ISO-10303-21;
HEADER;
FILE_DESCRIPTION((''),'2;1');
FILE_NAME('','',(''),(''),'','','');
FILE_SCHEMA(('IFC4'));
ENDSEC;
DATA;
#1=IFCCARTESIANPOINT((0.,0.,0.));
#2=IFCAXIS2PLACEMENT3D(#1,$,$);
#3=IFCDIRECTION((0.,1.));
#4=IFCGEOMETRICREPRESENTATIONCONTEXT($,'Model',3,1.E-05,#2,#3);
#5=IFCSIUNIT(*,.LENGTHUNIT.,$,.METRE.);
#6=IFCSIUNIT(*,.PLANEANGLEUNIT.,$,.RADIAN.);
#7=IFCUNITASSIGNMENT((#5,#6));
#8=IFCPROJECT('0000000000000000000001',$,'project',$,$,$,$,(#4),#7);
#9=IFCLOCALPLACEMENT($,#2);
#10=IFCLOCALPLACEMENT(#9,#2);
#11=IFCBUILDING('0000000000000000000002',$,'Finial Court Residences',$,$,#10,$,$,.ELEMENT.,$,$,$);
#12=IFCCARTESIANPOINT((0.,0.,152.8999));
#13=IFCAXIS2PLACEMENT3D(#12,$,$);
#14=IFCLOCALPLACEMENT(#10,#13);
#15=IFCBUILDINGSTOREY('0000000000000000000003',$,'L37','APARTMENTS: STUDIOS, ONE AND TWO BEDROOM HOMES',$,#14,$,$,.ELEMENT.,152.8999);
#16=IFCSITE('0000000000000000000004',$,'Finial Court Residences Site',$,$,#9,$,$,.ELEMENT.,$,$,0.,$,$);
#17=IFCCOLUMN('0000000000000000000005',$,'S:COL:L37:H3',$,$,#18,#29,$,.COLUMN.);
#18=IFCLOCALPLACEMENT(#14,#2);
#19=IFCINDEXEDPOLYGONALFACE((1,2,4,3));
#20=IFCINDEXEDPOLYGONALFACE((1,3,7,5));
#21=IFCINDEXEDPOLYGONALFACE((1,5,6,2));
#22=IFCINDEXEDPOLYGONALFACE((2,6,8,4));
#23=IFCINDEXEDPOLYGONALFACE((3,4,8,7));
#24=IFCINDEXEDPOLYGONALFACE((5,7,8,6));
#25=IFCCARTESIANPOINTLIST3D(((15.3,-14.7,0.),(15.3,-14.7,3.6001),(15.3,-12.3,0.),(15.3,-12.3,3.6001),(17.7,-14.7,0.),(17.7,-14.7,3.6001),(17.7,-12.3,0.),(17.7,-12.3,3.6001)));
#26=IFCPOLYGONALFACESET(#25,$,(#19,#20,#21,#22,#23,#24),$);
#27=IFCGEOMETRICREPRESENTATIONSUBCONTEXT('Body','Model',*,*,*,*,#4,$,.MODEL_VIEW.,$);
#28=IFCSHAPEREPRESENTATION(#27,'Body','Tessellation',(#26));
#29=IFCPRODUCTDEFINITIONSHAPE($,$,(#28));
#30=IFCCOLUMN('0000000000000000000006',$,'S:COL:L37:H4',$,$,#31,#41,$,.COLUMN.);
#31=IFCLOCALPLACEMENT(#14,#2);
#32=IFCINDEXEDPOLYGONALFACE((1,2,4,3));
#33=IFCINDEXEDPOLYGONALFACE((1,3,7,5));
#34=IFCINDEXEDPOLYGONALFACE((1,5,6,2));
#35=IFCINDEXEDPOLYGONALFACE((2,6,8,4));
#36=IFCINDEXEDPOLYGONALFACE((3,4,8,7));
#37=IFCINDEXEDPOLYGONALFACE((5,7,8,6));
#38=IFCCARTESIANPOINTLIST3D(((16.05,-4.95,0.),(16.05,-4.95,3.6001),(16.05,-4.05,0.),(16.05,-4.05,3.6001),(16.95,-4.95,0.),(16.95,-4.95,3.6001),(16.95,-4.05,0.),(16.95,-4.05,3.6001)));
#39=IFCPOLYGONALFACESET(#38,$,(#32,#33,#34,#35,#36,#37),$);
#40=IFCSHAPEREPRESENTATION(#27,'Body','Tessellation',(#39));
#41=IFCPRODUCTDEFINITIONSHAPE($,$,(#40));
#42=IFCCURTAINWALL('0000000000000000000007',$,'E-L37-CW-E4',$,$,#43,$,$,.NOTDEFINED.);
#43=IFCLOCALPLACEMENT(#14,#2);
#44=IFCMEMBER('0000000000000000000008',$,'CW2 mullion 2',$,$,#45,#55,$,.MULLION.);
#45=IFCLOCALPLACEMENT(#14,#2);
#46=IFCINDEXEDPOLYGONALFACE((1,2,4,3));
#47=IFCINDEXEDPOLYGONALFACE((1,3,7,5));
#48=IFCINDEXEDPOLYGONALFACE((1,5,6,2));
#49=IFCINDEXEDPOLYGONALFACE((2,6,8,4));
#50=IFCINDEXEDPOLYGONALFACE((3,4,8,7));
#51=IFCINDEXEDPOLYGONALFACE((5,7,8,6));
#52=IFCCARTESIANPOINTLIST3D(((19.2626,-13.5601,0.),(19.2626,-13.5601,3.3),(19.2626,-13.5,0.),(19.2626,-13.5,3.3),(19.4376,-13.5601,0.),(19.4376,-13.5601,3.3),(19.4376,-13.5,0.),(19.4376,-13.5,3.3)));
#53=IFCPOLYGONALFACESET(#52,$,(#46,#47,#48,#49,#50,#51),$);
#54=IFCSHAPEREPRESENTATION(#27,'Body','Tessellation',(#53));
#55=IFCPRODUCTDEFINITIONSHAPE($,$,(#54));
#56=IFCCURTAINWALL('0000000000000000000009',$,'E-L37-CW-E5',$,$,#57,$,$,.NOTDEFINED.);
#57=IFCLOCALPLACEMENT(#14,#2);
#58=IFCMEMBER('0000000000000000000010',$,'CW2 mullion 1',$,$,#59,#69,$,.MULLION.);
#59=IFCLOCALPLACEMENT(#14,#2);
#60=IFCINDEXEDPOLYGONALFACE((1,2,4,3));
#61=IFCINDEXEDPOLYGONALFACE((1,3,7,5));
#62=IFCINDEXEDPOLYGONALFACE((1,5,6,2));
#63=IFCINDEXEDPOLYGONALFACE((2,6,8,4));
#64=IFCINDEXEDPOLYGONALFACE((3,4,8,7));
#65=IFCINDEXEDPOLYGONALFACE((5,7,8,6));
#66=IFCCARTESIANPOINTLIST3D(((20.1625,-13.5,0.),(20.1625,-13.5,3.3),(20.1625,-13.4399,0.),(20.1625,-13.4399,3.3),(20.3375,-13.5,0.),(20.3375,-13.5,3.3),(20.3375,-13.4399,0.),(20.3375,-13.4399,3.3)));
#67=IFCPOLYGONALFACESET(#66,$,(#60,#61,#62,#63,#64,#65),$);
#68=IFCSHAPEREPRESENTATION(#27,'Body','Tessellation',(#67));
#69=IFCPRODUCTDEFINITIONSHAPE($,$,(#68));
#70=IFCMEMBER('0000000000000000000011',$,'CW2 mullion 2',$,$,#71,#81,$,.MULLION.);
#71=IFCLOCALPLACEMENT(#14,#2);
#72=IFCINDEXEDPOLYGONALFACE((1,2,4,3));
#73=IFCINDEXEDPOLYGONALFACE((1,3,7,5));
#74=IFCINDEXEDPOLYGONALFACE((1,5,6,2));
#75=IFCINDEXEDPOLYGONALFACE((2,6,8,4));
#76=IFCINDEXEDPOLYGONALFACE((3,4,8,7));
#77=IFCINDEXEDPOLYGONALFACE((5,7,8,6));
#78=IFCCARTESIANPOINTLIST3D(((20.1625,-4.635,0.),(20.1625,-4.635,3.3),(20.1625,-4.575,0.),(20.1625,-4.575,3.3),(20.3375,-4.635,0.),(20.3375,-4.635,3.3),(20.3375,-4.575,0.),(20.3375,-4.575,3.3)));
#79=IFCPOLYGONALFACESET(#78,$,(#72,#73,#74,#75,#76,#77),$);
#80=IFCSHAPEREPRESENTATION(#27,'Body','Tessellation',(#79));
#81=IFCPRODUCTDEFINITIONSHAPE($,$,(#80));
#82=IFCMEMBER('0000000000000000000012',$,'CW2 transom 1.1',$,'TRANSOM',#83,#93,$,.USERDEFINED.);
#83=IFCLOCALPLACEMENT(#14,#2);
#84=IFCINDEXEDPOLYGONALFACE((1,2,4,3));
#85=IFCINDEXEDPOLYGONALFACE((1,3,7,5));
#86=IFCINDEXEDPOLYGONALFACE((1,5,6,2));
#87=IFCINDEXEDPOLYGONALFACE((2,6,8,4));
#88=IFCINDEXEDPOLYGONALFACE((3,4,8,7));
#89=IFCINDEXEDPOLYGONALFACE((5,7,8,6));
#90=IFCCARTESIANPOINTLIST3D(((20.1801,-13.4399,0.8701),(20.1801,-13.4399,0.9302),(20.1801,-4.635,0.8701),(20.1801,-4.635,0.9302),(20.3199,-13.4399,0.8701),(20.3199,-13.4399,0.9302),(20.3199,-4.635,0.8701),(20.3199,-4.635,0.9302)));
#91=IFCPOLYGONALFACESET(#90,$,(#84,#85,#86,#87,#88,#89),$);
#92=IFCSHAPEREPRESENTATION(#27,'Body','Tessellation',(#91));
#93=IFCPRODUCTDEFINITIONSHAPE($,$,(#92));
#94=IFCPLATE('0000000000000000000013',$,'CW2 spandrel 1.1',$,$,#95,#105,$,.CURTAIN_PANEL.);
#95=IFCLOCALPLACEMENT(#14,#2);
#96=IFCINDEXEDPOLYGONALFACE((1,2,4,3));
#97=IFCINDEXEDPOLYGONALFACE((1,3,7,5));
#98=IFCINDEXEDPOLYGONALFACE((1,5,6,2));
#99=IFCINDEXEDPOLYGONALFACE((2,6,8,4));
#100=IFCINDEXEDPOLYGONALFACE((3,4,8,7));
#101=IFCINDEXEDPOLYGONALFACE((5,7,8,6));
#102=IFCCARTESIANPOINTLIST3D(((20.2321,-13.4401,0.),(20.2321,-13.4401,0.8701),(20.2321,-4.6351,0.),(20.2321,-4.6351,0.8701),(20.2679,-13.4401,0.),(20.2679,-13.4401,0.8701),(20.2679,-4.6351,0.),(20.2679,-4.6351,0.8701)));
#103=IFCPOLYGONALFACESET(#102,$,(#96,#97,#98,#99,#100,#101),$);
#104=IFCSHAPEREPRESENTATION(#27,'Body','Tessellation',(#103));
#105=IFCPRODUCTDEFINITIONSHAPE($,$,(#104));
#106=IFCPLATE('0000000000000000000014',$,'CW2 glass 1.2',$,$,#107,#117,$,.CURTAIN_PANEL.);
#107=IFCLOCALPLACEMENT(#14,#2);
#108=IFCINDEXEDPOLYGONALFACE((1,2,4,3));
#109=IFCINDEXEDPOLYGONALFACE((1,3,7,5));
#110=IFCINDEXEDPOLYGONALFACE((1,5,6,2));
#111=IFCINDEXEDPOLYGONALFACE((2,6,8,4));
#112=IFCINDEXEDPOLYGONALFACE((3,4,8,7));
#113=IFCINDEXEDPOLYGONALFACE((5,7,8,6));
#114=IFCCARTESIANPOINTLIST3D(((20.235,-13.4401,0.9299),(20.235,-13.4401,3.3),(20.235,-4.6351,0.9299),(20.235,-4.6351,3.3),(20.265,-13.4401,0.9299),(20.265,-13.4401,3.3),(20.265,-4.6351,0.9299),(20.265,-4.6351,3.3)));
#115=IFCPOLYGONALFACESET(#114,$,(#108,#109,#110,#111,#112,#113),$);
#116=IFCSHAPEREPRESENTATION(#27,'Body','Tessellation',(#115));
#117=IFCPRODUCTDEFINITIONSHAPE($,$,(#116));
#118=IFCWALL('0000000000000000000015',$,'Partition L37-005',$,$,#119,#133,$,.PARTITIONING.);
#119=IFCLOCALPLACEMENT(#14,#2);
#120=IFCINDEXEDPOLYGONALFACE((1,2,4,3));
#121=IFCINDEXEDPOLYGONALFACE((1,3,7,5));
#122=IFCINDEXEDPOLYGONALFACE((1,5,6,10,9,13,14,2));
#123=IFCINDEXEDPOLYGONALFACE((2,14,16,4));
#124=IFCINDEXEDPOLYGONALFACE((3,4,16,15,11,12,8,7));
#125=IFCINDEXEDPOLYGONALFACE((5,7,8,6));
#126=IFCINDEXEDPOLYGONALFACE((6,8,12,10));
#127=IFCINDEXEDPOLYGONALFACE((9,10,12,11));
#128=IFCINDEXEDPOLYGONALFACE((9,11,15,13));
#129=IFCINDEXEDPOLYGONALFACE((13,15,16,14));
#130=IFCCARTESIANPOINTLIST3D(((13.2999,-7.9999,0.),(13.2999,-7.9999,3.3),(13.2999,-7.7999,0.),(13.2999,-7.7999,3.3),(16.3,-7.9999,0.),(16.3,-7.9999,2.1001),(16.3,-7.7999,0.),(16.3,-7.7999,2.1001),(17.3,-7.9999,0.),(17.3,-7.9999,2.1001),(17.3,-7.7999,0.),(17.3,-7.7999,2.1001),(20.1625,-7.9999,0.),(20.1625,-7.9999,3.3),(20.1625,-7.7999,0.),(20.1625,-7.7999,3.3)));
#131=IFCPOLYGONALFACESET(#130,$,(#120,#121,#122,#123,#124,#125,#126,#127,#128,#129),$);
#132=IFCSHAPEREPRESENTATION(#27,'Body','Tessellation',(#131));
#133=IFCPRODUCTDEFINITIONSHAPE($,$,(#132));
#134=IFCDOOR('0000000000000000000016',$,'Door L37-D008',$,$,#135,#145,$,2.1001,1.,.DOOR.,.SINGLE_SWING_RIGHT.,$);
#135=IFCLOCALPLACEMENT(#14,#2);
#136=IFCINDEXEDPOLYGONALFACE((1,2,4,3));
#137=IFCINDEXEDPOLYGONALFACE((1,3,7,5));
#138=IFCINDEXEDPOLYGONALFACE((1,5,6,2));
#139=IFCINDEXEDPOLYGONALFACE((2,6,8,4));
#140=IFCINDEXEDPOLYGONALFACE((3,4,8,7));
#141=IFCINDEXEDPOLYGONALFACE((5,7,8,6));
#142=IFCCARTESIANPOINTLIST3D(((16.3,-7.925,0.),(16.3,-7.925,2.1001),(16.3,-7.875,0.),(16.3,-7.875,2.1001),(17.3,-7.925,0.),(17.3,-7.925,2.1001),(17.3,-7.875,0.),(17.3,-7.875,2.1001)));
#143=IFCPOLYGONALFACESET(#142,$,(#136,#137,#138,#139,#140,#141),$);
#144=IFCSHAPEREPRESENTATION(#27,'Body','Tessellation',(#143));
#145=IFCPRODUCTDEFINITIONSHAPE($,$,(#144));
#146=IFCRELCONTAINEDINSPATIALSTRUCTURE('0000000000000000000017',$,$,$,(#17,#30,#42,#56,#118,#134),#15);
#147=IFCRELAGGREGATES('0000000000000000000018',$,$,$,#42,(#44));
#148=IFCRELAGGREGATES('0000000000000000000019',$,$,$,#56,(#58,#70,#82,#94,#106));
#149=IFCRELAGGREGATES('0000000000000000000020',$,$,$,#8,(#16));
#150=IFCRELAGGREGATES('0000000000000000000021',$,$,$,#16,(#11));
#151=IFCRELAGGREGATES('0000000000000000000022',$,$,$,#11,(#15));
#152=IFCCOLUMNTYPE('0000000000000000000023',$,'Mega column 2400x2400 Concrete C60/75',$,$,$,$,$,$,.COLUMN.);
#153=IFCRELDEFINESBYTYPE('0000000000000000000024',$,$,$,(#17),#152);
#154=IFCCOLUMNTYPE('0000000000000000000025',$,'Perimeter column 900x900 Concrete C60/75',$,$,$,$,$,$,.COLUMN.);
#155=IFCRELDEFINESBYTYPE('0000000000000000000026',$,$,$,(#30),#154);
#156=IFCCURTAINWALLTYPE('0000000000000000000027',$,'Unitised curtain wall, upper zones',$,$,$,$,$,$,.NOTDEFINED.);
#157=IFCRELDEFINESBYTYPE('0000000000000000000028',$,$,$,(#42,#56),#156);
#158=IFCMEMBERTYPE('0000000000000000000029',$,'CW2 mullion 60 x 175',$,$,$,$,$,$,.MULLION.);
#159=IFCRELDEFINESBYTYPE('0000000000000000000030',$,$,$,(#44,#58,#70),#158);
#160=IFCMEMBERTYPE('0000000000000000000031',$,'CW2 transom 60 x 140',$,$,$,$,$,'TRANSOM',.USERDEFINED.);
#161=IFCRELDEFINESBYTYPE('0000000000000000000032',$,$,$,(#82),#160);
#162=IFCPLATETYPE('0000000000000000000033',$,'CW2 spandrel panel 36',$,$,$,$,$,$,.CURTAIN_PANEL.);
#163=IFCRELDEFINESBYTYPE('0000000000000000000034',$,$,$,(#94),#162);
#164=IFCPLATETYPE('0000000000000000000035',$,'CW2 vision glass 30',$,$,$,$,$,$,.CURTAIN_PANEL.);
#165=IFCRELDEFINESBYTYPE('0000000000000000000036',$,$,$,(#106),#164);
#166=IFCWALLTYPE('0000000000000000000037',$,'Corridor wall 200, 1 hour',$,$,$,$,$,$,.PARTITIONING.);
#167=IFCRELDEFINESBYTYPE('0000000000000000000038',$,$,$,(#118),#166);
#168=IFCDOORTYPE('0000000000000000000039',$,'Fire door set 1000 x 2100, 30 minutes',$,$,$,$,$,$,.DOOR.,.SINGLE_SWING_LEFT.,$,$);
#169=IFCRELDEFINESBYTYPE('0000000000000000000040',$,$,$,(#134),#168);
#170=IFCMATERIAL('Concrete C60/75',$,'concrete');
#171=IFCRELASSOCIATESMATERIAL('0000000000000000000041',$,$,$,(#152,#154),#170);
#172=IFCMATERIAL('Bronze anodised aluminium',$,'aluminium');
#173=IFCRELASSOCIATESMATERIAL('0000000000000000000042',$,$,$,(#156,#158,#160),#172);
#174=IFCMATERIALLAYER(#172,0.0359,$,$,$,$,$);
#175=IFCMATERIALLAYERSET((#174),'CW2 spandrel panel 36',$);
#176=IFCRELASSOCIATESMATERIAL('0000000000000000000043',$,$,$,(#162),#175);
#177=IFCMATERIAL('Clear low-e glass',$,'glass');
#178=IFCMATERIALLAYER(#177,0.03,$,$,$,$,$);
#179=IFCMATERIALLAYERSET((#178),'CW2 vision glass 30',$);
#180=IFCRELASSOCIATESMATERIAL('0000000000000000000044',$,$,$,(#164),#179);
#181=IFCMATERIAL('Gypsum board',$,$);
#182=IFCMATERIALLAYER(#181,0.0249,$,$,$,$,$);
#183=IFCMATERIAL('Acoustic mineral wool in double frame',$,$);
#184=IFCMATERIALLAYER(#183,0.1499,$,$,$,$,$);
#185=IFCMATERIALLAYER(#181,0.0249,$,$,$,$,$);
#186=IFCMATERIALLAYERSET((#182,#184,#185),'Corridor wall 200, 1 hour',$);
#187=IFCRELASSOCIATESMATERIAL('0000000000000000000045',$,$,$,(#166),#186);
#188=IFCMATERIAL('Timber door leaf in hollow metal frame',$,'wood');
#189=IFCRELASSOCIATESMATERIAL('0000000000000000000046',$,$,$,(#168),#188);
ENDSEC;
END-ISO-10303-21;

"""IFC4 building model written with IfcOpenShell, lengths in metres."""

from ifc_helpers import new_model, si_unit, direction, frame, frame_2d, origin, origin_2d, place, context, subcontext, project, spatial, rectangle, extrude, material, layer, layer_set, material_profile, profile_set, type_object, element, fill, aggregate, save


model = new_model("IFC4")

# Units and contexts
model_context = context("Model", 3, precision=1e-05, world=origin(), true_north=direction((0.0, 1.0)))
body_context = subcontext(model_context, "Body", "Model", "MODEL_VIEW")
ifc_project = project(units=[si_unit("LENGTHUNIT", "METRE"), si_unit("PLANEANGLEUNIT", "RADIAN")], contexts=[model_context])

# Site, building, storey
site_placement = place(None, origin())
site = spatial("IfcSite", under=ifc_project, at=site_placement, Name="Finial Court Residences Site", CompositionType="ELEMENT", RefElevation=0.0)
building_placement = place(site_placement, origin())
building = spatial("IfcBuilding", under=site, at=building_placement, Name="Finial Court Residences", CompositionType="ELEMENT")
storey_placement = place(building_placement, frame((0.0, 0.0, 152.8999)))
storey = spatial("IfcBuildingStorey", under=building, at=storey_placement, Name="L37", Description="APARTMENTS: STUDIOS, ONE AND TWO BEDROOM HOMES", CompositionType="ELEMENT", Elevation=152.8999)

# Columns
ifc_material_1 = material(Name="Concrete C60/75", Category="concrete")
ifc_material_profile_1 = material_profile(ifc_material_1, rectangle(XDim=2.3999, YDim=2.3999, at=origin_2d()), Name="2400x2400")
ifc_profile_set_1 = profile_set([ifc_material_profile_1], Name="Concrete C60/75")
column_type_1 = type_object("IfcColumnType", Name="Mega column 2400x2400 Concrete C60/75", PredefinedType="COLUMN", material=ifc_profile_set_1)
column_1_placement = place(storey_placement, frame((16.5, -13.5, 0.0), z_axis=(0.0, 0.0, 1.0), x_axis=(1.0, 0.0, 0.0)))
element("IfcColumn", 1, at=column_1_placement, inside=storey, type_object=column_type_1, Name="S:COL:L37:H3", PredefinedType="COLUMN", context=body_context, shape_type="SweptSolid", body=[
    extrude(rectangle(XDim=2.3999, YDim=2.3999, at=origin_2d()), origin(), (0.0, 0.0, 1.0), 3.6001),
])
ifc_material_profile_2 = material_profile(ifc_material_1, rectangle(XDim=0.8999, YDim=0.8999, at=origin_2d()), Name="900x900")
ifc_profile_set_2 = profile_set([ifc_material_profile_2], Name="Concrete C60/75")
column_type_2 = type_object("IfcColumnType", Name="Perimeter column 900x900 Concrete C60/75", PredefinedType="COLUMN", material=ifc_profile_set_2)
column_2_placement = place(storey_placement, frame((16.5, -4.5, 0.0), z_axis=(0.0, 0.0, 1.0), x_axis=(1.0, 0.0, 0.0)))
element("IfcColumn", 2, at=column_2_placement, inside=storey, type_object=column_type_2, Name="S:COL:L37:H4", PredefinedType="COLUMN", context=body_context, shape_type="SweptSolid", body=[
    extrude(rectangle(XDim=0.8999, YDim=0.8999, at=origin_2d()), origin(), (0.0, 0.0, 1.0), 3.6001),
])

# Curtain wall, member
ifc_material_2 = material(Name="Bronze anodised aluminium", Category="aluminium")
curtain_wall_type = type_object("IfcCurtainWallType", Name="Unitised curtain wall, upper zones", PredefinedType="NOTDEFINED", material=ifc_material_2)
curtain_wall_1_placement = place(storey_placement, origin())
curtain_wall_1 = element("IfcCurtainWall", 3, at=curtain_wall_1_placement, inside=storey, type_object=curtain_wall_type, Name="E-L37-CW-E4", PredefinedType="NOTDEFINED")
ifc_material_profile_3 = material_profile(ifc_material_2, rectangle(XDim=0.175, YDim=0.0601, at=origin_2d()), Name="CW2 mullion 60 x 175")
ifc_profile_set_3 = profile_set([ifc_material_profile_3], Name="Bronze anodised aluminium")
member_type_1 = type_object("IfcMemberType", Name="CW2 mullion 60 x 175", PredefinedType="MULLION", material=ifc_profile_set_3)
member_1_placement = place(storey_placement, frame((19.3501, -13.53, 0.0), z_axis=(0.0, 0.0, 1.0), x_axis=(-1.0, 0.0, 0.0)))
member_1 = element("IfcMember", 4, at=member_1_placement, type_object=member_type_1, Name="CW2 mullion 2", PredefinedType="MULLION", context=body_context, shape_type="SweptSolid", body=[
    extrude(rectangle(XDim=0.175, YDim=0.0601, at=origin_2d()), origin(), (0.0, 0.0, 1.0), 3.3),
])
aggregate(curtain_wall_1, [member_1])

# Curtain wall, members, plates
curtain_wall_2_placement = place(storey_placement, origin())
curtain_wall_2 = element("IfcCurtainWall", 5, at=curtain_wall_2_placement, inside=storey, type_object=curtain_wall_type, Name="E-L37-CW-E5", PredefinedType="NOTDEFINED")
member_2_placement = place(storey_placement, frame((20.25, -13.47, 0.0), z_axis=(0.0, 0.0, 1.0), x_axis=(-1.0, 0.0, 0.0)))
member_2 = element("IfcMember", 6, at=member_2_placement, type_object=member_type_1, Name="CW2 mullion 1", PredefinedType="MULLION", context=body_context, shape_type="SweptSolid", body=[
    extrude(rectangle(XDim=0.175, YDim=0.0601, at=origin_2d()), origin(), (0.0, 0.0, 1.0), 3.3),
])
member_3_placement = place(storey_placement, frame((20.25, -4.605, 0.0), z_axis=(0.0, 0.0, 1.0), x_axis=(-1.0, 0.0, 0.0)))
member_3 = element("IfcMember", 7, at=member_3_placement, type_object=member_type_1, Name="CW2 mullion 2", PredefinedType="MULLION", context=body_context, shape_type="SweptSolid", body=[
    extrude(rectangle(XDim=0.175, YDim=0.0601, at=origin_2d()), origin(), (0.0, 0.0, 1.0), 3.3),
])
ifc_material_profile_4 = material_profile(ifc_material_2, rectangle(XDim=0.1399, YDim=0.0601, at=origin_2d()), Name="CW2 transom 60 x 140")
ifc_profile_set_4 = profile_set([ifc_material_profile_4], Name="Bronze anodised aluminium")
member_type_2 = type_object("IfcMemberType", Name="CW2 transom 60 x 140", ElementType="TRANSOM", PredefinedType="USERDEFINED", material=ifc_profile_set_4)
member_4_placement = place(storey_placement, frame((20.25, -13.4399, 0.9001), z_axis=(0.0, 1.0, 0.0), x_axis=(-1.0, 0.0, 0.0)))
member_4 = element("IfcMember", 8, at=member_4_placement, type_object=member_type_2, Name="CW2 transom 1.1", ObjectType="TRANSOM", PredefinedType="USERDEFINED", context=body_context, shape_type="SweptSolid", body=[
    extrude(rectangle(XDim=0.1399, YDim=0.0601, at=origin_2d()), origin(), (0.0, 0.0, 1.0), 8.8049),
])
ifc_layer_1 = layer(ifc_material_2, 0.0359)
ifc_layer_set_1 = layer_set([ifc_layer_1], Name="CW2 spandrel panel 36")
plate_type_1 = type_object("IfcPlateType", Name="CW2 spandrel panel 36", PredefinedType="CURTAIN_PANEL", material=ifc_layer_set_1)
plate_1_placement = place(storey_placement, frame((20.25, -9.0376, 0.0), z_axis=(0.0, 0.0, 1.0), x_axis=(0.0, 1.0, 0.0)))
plate_1 = element("IfcPlate", 9, at=plate_1_placement, type_object=plate_type_1, Name="CW2 spandrel 1.1", PredefinedType="CURTAIN_PANEL", context=body_context, shape_type="SweptSolid", body=[
    extrude(rectangle(XDim=8.8049, YDim=0.0359, at=origin_2d()), origin(), (0.0, 0.0, 1.0), 0.8701),
])
ifc_material_3 = material(Name="Clear low-e glass", Category="glass")
ifc_layer_2 = layer(ifc_material_3, 0.03)
ifc_layer_set_2 = layer_set([ifc_layer_2], Name="CW2 vision glass 30")
plate_type_2 = type_object("IfcPlateType", Name="CW2 vision glass 30", PredefinedType="CURTAIN_PANEL", material=ifc_layer_set_2)
plate_2_placement = place(storey_placement, frame((20.25, -9.0376, 0.9299), z_axis=(0.0, 0.0, 1.0), x_axis=(0.0, 1.0, 0.0)))
plate_2 = element("IfcPlate", 10, at=plate_2_placement, type_object=plate_type_2, Name="CW2 glass 1.2", PredefinedType="CURTAIN_PANEL", context=body_context, shape_type="SweptSolid", body=[
    extrude(rectangle(XDim=8.8049, YDim=0.03, at=origin_2d()), origin(), (0.0, 0.0, 1.0), 2.3701),
])
aggregate(curtain_wall_2, [member_2, member_3, member_4, plate_1, plate_2])

# Wall, opening, door
ifc_material_4 = material(Name="Gypsum board")
ifc_layer_3 = layer(ifc_material_4, 0.0249)
ifc_material_5 = material(Name="Acoustic mineral wool in double frame")
ifc_layer_4 = layer(ifc_material_5, 0.1499)
ifc_layer_5 = layer(ifc_material_4, 0.0249)
ifc_layer_set_3 = layer_set([ifc_layer_3, ifc_layer_4, ifc_layer_5], Name="Corridor wall 200, 1 hour")
wall_type_1 = type_object("IfcWallType", Name="Corridor wall 200, 1 hour", PredefinedType="PARTITIONING", material=ifc_layer_set_3)
wall_1_placement = place(storey_placement, frame((13.3, -7.8999, 0.0), z_axis=(0.0, 0.0, 1.0), x_axis=(1.0, 0.0, 0.0)))
wall_1 = element("IfcWall", 11, at=wall_1_placement, inside=storey, type_object=wall_type_1, Name="Partition L37-005", PredefinedType="PARTITIONING", context=body_context, shape_type="SweptSolid", body=[
    extrude(rectangle(XDim=6.8625, YDim=0.2, at=frame_2d((3.4312, 0.0))), origin(), (0.0, 0.0, 1.0), 3.3),
])
opening_1_placement = place(wall_1_placement, frame((3.0, 0.0, 0.0)))
opening_1 = element("IfcOpeningElement", 12, at=opening_1_placement, cuts=wall_1, PredefinedType="OPENING", context=body_context, shape_type="SweptSolid", body=[
    extrude(rectangle(XDim=1.0, YDim=2.1001, at=frame_2d((0.5, 1.05))), frame((0.0, 0.1099, 0.0), z_axis=(0.0, -1.0, 0.0), x_axis=(1.0, 0.0, 0.0)), (0.0, 0.0, 1.0), 0.22),
])
ifc_material_6 = material(Name="Timber door leaf in hollow metal frame", Category="wood")
door_type_1 = type_object("IfcDoorType", Name="Fire door set 1000 x 2100, 30 minutes", OperationType="SINGLE_SWING_LEFT", PredefinedType="DOOR", material=ifc_material_6)
door_1_placement = place(opening_1_placement, origin())
door_1 = element("IfcDoor", 13, at=door_1_placement, inside=storey, type_object=door_type_1, Name="Door L37-D008", OperationType="SINGLE_SWING_RIGHT", OverallHeight=2.1001, OverallWidth=1.0, PredefinedType="DOOR", context=body_context, shape_type="SweptSolid", body=[
    extrude(rectangle(XDim=1.0, YDim=2.1001, at=frame_2d((0.5, 1.05))), frame((0.0, 0.0249, 0.0), z_axis=(0.0, -1.0, 0.0), x_axis=(1.0, 0.0, 0.0)), (0.0, 0.0, 1.0), 0.05),
])
fill(opening_1, door_1)

save(model, "model.ifc")
